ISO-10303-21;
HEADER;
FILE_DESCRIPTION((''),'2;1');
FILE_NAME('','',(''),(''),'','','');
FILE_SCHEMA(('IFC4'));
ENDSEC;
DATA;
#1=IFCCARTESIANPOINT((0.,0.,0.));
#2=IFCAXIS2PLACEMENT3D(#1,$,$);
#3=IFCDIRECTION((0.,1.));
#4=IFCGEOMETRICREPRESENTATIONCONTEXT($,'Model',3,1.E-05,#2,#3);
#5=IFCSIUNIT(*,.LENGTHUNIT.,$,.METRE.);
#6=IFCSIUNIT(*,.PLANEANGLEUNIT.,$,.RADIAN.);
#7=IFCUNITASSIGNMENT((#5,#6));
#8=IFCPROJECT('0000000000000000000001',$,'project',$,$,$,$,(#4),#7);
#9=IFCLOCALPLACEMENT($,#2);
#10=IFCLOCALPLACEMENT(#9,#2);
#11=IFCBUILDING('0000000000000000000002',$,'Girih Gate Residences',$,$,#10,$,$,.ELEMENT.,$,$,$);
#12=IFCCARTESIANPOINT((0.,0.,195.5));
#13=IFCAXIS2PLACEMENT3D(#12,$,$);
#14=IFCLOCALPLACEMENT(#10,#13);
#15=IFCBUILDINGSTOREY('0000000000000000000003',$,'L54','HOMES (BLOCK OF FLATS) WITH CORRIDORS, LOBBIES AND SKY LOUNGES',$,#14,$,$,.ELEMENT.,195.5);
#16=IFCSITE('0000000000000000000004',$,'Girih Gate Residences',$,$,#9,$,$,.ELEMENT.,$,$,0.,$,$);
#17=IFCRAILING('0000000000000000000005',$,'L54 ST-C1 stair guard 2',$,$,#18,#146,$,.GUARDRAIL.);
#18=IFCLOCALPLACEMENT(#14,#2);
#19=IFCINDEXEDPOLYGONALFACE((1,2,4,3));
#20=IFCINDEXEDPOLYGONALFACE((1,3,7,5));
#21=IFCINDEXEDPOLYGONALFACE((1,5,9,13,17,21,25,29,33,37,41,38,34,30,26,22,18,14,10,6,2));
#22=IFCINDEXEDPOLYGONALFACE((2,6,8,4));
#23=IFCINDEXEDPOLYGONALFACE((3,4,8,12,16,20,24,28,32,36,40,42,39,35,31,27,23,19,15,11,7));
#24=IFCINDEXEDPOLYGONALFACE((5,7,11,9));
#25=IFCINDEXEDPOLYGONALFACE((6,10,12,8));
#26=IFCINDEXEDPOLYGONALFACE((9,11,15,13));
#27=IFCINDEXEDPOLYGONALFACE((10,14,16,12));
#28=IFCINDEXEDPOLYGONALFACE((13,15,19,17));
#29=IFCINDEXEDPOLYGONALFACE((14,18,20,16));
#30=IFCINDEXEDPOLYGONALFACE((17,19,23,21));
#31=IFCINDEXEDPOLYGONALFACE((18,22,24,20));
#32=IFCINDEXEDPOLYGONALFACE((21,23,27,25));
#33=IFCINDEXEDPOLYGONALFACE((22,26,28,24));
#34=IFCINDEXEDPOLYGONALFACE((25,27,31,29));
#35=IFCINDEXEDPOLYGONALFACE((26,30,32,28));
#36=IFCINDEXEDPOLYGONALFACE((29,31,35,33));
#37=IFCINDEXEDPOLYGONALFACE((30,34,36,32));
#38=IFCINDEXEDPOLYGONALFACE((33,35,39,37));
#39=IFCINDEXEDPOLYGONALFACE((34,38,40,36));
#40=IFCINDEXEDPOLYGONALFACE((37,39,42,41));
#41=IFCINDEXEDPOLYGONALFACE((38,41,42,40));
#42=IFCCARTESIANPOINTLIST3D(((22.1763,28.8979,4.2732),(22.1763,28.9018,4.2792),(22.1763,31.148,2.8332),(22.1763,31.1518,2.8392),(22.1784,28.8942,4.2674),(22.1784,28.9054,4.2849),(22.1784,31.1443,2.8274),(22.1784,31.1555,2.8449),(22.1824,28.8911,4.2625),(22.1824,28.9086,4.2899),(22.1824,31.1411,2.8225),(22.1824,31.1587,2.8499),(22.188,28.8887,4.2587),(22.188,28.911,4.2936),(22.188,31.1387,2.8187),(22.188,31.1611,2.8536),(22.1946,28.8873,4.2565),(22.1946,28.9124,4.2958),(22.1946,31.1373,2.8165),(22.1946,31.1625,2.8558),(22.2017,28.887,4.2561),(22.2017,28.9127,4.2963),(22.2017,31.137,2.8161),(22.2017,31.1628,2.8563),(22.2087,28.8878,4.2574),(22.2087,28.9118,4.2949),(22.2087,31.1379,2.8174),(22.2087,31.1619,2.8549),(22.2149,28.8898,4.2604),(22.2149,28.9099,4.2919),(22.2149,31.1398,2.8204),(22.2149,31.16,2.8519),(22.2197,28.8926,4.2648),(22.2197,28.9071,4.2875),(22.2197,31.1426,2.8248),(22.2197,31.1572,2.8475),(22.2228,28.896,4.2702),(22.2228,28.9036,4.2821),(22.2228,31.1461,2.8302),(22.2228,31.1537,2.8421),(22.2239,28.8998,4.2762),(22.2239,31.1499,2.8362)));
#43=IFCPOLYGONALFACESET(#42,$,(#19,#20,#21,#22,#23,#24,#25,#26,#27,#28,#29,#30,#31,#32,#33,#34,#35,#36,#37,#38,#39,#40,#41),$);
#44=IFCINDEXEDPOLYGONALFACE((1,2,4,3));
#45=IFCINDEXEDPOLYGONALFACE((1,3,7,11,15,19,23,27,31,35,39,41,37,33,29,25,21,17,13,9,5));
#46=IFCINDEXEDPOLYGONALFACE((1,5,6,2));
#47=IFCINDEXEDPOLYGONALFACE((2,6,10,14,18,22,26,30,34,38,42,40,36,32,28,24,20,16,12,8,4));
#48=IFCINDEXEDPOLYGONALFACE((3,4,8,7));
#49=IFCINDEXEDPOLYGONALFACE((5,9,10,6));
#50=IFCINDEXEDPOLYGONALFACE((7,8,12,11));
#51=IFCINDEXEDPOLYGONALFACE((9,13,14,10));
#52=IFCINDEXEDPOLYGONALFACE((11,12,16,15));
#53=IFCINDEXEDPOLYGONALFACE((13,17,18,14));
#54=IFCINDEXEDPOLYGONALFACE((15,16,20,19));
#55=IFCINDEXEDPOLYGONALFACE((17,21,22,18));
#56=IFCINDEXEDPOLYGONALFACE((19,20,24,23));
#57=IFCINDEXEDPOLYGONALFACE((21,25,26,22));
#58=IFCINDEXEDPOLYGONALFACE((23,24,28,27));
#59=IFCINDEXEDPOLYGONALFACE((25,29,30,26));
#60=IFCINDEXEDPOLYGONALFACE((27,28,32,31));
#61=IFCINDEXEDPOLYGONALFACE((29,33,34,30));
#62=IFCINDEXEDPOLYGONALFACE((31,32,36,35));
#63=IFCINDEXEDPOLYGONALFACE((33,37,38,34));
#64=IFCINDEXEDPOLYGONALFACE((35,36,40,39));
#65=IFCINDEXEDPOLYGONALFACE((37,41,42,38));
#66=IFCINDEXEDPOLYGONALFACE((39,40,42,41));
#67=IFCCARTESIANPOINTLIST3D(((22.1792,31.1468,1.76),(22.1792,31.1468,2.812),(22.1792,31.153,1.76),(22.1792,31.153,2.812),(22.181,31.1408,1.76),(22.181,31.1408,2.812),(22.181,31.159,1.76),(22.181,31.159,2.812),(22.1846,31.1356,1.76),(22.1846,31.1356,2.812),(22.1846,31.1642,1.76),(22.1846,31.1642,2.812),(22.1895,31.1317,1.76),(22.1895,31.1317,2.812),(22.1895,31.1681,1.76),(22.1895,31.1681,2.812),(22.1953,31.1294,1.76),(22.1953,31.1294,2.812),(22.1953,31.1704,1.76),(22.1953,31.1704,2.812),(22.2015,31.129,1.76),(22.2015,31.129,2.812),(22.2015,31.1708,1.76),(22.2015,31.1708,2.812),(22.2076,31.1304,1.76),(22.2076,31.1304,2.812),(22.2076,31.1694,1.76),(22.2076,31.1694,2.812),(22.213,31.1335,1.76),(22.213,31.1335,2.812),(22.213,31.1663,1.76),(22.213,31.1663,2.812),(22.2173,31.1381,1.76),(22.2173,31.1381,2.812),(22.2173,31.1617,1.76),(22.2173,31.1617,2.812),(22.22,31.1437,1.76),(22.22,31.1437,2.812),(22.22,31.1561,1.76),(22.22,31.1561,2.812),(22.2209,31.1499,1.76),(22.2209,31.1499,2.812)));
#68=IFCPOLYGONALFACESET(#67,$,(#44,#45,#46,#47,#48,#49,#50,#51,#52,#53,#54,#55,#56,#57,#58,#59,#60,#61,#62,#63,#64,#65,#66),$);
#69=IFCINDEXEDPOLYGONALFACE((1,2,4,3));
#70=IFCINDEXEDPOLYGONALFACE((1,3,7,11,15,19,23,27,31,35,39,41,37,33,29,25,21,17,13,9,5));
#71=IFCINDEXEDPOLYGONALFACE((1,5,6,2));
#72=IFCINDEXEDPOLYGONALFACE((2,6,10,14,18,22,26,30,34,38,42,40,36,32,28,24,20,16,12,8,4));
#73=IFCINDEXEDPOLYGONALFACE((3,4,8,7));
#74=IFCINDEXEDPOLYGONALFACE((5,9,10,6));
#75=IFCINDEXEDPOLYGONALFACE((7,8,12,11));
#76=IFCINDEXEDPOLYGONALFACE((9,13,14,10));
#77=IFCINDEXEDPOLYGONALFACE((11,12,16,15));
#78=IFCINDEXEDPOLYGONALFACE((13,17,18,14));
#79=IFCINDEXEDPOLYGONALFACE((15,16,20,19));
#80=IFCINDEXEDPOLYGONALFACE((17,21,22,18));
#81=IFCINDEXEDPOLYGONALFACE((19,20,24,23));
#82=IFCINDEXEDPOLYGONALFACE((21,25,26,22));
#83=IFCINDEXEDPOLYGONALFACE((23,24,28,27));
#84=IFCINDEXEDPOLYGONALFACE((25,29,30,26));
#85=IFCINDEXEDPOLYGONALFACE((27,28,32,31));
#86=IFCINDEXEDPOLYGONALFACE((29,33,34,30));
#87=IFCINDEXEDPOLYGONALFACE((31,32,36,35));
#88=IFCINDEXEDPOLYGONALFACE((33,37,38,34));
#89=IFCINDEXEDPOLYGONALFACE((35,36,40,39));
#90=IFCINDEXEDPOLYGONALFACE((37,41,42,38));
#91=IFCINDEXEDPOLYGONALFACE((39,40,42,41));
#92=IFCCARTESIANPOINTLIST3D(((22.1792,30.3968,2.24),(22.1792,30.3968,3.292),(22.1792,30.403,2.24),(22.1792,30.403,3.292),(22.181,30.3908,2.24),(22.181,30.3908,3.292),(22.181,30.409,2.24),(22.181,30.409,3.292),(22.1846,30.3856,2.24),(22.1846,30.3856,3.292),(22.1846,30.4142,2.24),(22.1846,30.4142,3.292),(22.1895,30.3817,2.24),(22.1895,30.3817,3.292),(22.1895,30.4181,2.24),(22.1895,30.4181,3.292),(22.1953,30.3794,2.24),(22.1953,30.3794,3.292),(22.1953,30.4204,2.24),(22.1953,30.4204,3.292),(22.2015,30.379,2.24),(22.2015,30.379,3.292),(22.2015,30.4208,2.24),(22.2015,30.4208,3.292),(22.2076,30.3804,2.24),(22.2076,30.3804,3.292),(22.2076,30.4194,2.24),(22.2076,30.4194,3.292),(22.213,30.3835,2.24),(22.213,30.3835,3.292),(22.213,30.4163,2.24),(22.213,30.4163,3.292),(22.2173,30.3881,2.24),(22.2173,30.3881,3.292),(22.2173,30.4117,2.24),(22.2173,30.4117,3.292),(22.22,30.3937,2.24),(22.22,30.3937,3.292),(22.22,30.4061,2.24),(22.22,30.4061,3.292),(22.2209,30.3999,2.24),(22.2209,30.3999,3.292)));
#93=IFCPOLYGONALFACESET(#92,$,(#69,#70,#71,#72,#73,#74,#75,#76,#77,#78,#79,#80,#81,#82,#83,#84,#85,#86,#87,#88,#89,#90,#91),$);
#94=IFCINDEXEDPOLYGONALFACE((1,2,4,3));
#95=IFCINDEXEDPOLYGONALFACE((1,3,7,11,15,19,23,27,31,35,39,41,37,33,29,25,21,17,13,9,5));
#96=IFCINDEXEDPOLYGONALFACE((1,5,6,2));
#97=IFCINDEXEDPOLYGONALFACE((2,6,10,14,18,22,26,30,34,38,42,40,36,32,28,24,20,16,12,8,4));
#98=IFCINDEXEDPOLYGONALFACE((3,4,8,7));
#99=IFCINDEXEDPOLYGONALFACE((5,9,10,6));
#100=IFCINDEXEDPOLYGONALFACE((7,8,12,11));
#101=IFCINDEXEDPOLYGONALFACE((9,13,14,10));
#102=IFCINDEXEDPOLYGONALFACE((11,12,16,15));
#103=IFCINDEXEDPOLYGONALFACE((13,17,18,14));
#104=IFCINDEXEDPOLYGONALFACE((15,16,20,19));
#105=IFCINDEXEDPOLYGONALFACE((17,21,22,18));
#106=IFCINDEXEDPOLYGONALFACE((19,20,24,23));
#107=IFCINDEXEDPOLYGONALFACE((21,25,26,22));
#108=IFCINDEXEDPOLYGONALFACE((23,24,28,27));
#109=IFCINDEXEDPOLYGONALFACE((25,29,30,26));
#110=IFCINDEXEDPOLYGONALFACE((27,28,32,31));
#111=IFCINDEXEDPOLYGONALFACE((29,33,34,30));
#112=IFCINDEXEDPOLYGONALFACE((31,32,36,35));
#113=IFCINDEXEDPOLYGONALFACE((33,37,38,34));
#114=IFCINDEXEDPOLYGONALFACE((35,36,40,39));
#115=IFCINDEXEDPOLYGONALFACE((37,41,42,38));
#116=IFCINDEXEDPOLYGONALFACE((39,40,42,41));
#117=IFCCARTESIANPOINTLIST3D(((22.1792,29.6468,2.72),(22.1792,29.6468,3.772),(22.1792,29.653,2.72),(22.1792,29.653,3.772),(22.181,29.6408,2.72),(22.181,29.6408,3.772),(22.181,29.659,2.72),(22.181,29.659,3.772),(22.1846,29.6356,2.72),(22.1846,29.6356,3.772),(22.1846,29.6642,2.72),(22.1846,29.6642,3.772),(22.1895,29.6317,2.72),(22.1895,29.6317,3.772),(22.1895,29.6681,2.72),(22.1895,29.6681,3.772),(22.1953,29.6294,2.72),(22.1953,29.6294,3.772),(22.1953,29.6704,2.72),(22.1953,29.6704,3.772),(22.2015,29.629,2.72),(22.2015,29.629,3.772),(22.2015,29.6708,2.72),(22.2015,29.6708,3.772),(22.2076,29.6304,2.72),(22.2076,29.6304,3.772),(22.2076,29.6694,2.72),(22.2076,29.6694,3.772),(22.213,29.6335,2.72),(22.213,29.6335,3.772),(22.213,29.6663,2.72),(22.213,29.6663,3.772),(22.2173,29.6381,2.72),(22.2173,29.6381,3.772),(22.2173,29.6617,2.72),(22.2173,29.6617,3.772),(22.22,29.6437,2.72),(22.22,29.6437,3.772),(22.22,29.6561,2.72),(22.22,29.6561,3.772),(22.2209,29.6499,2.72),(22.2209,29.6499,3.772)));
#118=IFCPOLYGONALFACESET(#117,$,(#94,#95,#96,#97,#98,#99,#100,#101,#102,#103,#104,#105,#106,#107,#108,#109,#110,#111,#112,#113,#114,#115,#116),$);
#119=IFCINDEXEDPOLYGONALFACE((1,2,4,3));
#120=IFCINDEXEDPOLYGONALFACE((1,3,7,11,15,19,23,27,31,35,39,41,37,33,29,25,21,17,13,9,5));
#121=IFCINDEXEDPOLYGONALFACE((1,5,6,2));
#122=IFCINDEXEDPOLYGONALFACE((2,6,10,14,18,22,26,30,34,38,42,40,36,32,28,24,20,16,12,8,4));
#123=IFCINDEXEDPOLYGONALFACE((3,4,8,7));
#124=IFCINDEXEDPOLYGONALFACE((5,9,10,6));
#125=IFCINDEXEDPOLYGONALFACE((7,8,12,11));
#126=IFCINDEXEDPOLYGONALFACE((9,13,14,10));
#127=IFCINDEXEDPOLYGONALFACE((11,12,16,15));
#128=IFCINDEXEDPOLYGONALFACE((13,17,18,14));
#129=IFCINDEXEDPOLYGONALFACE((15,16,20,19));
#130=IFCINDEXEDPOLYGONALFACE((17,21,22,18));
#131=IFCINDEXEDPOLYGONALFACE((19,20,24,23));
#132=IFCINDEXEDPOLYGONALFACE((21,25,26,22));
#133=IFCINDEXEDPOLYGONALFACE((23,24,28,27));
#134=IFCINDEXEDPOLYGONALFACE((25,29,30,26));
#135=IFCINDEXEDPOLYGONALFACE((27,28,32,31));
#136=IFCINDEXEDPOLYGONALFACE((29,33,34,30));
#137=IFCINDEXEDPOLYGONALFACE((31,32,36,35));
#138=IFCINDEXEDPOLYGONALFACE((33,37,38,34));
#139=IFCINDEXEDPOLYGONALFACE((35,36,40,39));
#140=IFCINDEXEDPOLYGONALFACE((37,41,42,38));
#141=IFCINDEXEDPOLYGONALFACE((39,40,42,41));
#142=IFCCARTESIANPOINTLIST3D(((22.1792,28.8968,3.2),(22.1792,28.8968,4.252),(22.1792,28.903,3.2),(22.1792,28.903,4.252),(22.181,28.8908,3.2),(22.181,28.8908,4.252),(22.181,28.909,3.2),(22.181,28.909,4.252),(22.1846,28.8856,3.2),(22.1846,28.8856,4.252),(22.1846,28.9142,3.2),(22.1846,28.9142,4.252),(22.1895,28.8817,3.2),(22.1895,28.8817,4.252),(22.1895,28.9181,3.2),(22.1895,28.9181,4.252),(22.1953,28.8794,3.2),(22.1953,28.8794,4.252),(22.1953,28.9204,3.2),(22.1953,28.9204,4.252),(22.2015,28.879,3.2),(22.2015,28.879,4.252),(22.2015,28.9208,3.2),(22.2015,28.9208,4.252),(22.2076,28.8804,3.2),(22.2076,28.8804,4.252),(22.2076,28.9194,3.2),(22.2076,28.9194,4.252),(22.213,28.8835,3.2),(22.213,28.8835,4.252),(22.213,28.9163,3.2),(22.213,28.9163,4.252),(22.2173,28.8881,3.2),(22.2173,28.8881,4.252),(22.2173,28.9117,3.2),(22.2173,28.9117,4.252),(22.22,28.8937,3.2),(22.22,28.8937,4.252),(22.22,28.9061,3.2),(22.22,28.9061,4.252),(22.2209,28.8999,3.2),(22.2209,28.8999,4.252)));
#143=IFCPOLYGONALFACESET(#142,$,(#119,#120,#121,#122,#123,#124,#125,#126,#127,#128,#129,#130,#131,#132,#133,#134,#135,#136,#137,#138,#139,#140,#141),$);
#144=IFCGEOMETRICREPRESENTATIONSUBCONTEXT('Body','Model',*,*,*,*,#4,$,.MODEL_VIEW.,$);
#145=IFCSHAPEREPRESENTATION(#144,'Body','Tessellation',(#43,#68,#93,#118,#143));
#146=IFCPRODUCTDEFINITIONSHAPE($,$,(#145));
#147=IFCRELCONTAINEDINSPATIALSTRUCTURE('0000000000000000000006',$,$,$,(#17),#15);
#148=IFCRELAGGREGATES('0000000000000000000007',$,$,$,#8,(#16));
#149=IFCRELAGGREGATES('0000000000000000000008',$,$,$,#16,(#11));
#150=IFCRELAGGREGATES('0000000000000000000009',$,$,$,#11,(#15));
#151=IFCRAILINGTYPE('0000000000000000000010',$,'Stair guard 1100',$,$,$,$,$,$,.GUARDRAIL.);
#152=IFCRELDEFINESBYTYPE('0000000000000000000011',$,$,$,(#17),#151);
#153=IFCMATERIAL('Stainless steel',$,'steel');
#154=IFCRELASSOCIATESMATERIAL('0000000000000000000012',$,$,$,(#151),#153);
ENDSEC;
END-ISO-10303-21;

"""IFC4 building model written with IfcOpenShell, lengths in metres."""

from ifc_helpers import new_model, si_unit, direction, frame, origin, origin_2d, place, context, subcontext, project, spatial, circle, extrude, material, type_object, element, save


model = new_model("IFC4")

# Units and contexts
model_context = context("Model", 3, precision=1e-05, world=origin(), true_north=direction((0.0, 1.0)))
body_context = subcontext(model_context, "Body", "Model", "MODEL_VIEW")
ifc_project = project(units=[si_unit("LENGTHUNIT", "METRE"), si_unit("PLANEANGLEUNIT", "RADIAN")], contexts=[model_context])

# Site, building, storey
site_placement = place(None, origin())
site = spatial("IfcSite", under=ifc_project, at=site_placement, Name="Girih Gate Residences", CompositionType="ELEMENT", RefElevation=0.0)
building_placement = place(site_placement, origin())
building = spatial("IfcBuilding", under=site, at=building_placement, Name="Girih Gate Residences", CompositionType="ELEMENT")
storey_placement = place(building_placement, frame((0.0, 0.0, 195.5)))
storey = spatial("IfcBuildingStorey", under=building, at=storey_placement, Name="L54", Description="HOMES (BLOCK OF FLATS) WITH CORRIDORS, LOBBIES AND SKY LOUNGES", CompositionType="ELEMENT", Elevation=195.5)

# Railing
ifc_material_1 = material(Name="Stainless steel", Category="steel")
railing_type_1 = type_object("IfcRailingType", Name="Stair guard 1100", PredefinedType="GUARDRAIL", material=ifc_material_1)
railing_1_placement = place(storey_placement, frame((22.2, 31.1499, 1.76)))
element("IfcRailing", 1, at=railing_1_placement, inside=storey, type_object=railing_type_1, Name="L54 ST-C1 stair guard 2", PredefinedType="GUARDRAIL", context=body_context, shape_type="SweptSolid", body=[
    extrude(circle(Radius=0.0239, at=origin_2d()), frame((0.0, 0.0, 1.0762), z_axis=(0.0, -0.842281, 0.539038), x_axis=(1.0, 0.0, 0.0)), (0.0, 0.0, 1.0), 2.6714),
    extrude(circle(Radius=0.021, at=origin_2d()), origin(), (0.0, 0.0, 1.0), 1.052),
    extrude(circle(Radius=0.021, at=origin_2d()), frame((0.0, -0.75, 0.48)), (0.0, 0.0, 1.0), 1.052),
    extrude(circle(Radius=0.021, at=origin_2d()), frame((0.0, -1.5, 0.96)), (0.0, 0.0, 1.0), 1.052),
    extrude(circle(Radius=0.021, at=origin_2d()), frame((0.0, -2.25, 1.4399)), (0.0, 0.0, 1.0), 1.052),
])

save(model, "model.ifc")
